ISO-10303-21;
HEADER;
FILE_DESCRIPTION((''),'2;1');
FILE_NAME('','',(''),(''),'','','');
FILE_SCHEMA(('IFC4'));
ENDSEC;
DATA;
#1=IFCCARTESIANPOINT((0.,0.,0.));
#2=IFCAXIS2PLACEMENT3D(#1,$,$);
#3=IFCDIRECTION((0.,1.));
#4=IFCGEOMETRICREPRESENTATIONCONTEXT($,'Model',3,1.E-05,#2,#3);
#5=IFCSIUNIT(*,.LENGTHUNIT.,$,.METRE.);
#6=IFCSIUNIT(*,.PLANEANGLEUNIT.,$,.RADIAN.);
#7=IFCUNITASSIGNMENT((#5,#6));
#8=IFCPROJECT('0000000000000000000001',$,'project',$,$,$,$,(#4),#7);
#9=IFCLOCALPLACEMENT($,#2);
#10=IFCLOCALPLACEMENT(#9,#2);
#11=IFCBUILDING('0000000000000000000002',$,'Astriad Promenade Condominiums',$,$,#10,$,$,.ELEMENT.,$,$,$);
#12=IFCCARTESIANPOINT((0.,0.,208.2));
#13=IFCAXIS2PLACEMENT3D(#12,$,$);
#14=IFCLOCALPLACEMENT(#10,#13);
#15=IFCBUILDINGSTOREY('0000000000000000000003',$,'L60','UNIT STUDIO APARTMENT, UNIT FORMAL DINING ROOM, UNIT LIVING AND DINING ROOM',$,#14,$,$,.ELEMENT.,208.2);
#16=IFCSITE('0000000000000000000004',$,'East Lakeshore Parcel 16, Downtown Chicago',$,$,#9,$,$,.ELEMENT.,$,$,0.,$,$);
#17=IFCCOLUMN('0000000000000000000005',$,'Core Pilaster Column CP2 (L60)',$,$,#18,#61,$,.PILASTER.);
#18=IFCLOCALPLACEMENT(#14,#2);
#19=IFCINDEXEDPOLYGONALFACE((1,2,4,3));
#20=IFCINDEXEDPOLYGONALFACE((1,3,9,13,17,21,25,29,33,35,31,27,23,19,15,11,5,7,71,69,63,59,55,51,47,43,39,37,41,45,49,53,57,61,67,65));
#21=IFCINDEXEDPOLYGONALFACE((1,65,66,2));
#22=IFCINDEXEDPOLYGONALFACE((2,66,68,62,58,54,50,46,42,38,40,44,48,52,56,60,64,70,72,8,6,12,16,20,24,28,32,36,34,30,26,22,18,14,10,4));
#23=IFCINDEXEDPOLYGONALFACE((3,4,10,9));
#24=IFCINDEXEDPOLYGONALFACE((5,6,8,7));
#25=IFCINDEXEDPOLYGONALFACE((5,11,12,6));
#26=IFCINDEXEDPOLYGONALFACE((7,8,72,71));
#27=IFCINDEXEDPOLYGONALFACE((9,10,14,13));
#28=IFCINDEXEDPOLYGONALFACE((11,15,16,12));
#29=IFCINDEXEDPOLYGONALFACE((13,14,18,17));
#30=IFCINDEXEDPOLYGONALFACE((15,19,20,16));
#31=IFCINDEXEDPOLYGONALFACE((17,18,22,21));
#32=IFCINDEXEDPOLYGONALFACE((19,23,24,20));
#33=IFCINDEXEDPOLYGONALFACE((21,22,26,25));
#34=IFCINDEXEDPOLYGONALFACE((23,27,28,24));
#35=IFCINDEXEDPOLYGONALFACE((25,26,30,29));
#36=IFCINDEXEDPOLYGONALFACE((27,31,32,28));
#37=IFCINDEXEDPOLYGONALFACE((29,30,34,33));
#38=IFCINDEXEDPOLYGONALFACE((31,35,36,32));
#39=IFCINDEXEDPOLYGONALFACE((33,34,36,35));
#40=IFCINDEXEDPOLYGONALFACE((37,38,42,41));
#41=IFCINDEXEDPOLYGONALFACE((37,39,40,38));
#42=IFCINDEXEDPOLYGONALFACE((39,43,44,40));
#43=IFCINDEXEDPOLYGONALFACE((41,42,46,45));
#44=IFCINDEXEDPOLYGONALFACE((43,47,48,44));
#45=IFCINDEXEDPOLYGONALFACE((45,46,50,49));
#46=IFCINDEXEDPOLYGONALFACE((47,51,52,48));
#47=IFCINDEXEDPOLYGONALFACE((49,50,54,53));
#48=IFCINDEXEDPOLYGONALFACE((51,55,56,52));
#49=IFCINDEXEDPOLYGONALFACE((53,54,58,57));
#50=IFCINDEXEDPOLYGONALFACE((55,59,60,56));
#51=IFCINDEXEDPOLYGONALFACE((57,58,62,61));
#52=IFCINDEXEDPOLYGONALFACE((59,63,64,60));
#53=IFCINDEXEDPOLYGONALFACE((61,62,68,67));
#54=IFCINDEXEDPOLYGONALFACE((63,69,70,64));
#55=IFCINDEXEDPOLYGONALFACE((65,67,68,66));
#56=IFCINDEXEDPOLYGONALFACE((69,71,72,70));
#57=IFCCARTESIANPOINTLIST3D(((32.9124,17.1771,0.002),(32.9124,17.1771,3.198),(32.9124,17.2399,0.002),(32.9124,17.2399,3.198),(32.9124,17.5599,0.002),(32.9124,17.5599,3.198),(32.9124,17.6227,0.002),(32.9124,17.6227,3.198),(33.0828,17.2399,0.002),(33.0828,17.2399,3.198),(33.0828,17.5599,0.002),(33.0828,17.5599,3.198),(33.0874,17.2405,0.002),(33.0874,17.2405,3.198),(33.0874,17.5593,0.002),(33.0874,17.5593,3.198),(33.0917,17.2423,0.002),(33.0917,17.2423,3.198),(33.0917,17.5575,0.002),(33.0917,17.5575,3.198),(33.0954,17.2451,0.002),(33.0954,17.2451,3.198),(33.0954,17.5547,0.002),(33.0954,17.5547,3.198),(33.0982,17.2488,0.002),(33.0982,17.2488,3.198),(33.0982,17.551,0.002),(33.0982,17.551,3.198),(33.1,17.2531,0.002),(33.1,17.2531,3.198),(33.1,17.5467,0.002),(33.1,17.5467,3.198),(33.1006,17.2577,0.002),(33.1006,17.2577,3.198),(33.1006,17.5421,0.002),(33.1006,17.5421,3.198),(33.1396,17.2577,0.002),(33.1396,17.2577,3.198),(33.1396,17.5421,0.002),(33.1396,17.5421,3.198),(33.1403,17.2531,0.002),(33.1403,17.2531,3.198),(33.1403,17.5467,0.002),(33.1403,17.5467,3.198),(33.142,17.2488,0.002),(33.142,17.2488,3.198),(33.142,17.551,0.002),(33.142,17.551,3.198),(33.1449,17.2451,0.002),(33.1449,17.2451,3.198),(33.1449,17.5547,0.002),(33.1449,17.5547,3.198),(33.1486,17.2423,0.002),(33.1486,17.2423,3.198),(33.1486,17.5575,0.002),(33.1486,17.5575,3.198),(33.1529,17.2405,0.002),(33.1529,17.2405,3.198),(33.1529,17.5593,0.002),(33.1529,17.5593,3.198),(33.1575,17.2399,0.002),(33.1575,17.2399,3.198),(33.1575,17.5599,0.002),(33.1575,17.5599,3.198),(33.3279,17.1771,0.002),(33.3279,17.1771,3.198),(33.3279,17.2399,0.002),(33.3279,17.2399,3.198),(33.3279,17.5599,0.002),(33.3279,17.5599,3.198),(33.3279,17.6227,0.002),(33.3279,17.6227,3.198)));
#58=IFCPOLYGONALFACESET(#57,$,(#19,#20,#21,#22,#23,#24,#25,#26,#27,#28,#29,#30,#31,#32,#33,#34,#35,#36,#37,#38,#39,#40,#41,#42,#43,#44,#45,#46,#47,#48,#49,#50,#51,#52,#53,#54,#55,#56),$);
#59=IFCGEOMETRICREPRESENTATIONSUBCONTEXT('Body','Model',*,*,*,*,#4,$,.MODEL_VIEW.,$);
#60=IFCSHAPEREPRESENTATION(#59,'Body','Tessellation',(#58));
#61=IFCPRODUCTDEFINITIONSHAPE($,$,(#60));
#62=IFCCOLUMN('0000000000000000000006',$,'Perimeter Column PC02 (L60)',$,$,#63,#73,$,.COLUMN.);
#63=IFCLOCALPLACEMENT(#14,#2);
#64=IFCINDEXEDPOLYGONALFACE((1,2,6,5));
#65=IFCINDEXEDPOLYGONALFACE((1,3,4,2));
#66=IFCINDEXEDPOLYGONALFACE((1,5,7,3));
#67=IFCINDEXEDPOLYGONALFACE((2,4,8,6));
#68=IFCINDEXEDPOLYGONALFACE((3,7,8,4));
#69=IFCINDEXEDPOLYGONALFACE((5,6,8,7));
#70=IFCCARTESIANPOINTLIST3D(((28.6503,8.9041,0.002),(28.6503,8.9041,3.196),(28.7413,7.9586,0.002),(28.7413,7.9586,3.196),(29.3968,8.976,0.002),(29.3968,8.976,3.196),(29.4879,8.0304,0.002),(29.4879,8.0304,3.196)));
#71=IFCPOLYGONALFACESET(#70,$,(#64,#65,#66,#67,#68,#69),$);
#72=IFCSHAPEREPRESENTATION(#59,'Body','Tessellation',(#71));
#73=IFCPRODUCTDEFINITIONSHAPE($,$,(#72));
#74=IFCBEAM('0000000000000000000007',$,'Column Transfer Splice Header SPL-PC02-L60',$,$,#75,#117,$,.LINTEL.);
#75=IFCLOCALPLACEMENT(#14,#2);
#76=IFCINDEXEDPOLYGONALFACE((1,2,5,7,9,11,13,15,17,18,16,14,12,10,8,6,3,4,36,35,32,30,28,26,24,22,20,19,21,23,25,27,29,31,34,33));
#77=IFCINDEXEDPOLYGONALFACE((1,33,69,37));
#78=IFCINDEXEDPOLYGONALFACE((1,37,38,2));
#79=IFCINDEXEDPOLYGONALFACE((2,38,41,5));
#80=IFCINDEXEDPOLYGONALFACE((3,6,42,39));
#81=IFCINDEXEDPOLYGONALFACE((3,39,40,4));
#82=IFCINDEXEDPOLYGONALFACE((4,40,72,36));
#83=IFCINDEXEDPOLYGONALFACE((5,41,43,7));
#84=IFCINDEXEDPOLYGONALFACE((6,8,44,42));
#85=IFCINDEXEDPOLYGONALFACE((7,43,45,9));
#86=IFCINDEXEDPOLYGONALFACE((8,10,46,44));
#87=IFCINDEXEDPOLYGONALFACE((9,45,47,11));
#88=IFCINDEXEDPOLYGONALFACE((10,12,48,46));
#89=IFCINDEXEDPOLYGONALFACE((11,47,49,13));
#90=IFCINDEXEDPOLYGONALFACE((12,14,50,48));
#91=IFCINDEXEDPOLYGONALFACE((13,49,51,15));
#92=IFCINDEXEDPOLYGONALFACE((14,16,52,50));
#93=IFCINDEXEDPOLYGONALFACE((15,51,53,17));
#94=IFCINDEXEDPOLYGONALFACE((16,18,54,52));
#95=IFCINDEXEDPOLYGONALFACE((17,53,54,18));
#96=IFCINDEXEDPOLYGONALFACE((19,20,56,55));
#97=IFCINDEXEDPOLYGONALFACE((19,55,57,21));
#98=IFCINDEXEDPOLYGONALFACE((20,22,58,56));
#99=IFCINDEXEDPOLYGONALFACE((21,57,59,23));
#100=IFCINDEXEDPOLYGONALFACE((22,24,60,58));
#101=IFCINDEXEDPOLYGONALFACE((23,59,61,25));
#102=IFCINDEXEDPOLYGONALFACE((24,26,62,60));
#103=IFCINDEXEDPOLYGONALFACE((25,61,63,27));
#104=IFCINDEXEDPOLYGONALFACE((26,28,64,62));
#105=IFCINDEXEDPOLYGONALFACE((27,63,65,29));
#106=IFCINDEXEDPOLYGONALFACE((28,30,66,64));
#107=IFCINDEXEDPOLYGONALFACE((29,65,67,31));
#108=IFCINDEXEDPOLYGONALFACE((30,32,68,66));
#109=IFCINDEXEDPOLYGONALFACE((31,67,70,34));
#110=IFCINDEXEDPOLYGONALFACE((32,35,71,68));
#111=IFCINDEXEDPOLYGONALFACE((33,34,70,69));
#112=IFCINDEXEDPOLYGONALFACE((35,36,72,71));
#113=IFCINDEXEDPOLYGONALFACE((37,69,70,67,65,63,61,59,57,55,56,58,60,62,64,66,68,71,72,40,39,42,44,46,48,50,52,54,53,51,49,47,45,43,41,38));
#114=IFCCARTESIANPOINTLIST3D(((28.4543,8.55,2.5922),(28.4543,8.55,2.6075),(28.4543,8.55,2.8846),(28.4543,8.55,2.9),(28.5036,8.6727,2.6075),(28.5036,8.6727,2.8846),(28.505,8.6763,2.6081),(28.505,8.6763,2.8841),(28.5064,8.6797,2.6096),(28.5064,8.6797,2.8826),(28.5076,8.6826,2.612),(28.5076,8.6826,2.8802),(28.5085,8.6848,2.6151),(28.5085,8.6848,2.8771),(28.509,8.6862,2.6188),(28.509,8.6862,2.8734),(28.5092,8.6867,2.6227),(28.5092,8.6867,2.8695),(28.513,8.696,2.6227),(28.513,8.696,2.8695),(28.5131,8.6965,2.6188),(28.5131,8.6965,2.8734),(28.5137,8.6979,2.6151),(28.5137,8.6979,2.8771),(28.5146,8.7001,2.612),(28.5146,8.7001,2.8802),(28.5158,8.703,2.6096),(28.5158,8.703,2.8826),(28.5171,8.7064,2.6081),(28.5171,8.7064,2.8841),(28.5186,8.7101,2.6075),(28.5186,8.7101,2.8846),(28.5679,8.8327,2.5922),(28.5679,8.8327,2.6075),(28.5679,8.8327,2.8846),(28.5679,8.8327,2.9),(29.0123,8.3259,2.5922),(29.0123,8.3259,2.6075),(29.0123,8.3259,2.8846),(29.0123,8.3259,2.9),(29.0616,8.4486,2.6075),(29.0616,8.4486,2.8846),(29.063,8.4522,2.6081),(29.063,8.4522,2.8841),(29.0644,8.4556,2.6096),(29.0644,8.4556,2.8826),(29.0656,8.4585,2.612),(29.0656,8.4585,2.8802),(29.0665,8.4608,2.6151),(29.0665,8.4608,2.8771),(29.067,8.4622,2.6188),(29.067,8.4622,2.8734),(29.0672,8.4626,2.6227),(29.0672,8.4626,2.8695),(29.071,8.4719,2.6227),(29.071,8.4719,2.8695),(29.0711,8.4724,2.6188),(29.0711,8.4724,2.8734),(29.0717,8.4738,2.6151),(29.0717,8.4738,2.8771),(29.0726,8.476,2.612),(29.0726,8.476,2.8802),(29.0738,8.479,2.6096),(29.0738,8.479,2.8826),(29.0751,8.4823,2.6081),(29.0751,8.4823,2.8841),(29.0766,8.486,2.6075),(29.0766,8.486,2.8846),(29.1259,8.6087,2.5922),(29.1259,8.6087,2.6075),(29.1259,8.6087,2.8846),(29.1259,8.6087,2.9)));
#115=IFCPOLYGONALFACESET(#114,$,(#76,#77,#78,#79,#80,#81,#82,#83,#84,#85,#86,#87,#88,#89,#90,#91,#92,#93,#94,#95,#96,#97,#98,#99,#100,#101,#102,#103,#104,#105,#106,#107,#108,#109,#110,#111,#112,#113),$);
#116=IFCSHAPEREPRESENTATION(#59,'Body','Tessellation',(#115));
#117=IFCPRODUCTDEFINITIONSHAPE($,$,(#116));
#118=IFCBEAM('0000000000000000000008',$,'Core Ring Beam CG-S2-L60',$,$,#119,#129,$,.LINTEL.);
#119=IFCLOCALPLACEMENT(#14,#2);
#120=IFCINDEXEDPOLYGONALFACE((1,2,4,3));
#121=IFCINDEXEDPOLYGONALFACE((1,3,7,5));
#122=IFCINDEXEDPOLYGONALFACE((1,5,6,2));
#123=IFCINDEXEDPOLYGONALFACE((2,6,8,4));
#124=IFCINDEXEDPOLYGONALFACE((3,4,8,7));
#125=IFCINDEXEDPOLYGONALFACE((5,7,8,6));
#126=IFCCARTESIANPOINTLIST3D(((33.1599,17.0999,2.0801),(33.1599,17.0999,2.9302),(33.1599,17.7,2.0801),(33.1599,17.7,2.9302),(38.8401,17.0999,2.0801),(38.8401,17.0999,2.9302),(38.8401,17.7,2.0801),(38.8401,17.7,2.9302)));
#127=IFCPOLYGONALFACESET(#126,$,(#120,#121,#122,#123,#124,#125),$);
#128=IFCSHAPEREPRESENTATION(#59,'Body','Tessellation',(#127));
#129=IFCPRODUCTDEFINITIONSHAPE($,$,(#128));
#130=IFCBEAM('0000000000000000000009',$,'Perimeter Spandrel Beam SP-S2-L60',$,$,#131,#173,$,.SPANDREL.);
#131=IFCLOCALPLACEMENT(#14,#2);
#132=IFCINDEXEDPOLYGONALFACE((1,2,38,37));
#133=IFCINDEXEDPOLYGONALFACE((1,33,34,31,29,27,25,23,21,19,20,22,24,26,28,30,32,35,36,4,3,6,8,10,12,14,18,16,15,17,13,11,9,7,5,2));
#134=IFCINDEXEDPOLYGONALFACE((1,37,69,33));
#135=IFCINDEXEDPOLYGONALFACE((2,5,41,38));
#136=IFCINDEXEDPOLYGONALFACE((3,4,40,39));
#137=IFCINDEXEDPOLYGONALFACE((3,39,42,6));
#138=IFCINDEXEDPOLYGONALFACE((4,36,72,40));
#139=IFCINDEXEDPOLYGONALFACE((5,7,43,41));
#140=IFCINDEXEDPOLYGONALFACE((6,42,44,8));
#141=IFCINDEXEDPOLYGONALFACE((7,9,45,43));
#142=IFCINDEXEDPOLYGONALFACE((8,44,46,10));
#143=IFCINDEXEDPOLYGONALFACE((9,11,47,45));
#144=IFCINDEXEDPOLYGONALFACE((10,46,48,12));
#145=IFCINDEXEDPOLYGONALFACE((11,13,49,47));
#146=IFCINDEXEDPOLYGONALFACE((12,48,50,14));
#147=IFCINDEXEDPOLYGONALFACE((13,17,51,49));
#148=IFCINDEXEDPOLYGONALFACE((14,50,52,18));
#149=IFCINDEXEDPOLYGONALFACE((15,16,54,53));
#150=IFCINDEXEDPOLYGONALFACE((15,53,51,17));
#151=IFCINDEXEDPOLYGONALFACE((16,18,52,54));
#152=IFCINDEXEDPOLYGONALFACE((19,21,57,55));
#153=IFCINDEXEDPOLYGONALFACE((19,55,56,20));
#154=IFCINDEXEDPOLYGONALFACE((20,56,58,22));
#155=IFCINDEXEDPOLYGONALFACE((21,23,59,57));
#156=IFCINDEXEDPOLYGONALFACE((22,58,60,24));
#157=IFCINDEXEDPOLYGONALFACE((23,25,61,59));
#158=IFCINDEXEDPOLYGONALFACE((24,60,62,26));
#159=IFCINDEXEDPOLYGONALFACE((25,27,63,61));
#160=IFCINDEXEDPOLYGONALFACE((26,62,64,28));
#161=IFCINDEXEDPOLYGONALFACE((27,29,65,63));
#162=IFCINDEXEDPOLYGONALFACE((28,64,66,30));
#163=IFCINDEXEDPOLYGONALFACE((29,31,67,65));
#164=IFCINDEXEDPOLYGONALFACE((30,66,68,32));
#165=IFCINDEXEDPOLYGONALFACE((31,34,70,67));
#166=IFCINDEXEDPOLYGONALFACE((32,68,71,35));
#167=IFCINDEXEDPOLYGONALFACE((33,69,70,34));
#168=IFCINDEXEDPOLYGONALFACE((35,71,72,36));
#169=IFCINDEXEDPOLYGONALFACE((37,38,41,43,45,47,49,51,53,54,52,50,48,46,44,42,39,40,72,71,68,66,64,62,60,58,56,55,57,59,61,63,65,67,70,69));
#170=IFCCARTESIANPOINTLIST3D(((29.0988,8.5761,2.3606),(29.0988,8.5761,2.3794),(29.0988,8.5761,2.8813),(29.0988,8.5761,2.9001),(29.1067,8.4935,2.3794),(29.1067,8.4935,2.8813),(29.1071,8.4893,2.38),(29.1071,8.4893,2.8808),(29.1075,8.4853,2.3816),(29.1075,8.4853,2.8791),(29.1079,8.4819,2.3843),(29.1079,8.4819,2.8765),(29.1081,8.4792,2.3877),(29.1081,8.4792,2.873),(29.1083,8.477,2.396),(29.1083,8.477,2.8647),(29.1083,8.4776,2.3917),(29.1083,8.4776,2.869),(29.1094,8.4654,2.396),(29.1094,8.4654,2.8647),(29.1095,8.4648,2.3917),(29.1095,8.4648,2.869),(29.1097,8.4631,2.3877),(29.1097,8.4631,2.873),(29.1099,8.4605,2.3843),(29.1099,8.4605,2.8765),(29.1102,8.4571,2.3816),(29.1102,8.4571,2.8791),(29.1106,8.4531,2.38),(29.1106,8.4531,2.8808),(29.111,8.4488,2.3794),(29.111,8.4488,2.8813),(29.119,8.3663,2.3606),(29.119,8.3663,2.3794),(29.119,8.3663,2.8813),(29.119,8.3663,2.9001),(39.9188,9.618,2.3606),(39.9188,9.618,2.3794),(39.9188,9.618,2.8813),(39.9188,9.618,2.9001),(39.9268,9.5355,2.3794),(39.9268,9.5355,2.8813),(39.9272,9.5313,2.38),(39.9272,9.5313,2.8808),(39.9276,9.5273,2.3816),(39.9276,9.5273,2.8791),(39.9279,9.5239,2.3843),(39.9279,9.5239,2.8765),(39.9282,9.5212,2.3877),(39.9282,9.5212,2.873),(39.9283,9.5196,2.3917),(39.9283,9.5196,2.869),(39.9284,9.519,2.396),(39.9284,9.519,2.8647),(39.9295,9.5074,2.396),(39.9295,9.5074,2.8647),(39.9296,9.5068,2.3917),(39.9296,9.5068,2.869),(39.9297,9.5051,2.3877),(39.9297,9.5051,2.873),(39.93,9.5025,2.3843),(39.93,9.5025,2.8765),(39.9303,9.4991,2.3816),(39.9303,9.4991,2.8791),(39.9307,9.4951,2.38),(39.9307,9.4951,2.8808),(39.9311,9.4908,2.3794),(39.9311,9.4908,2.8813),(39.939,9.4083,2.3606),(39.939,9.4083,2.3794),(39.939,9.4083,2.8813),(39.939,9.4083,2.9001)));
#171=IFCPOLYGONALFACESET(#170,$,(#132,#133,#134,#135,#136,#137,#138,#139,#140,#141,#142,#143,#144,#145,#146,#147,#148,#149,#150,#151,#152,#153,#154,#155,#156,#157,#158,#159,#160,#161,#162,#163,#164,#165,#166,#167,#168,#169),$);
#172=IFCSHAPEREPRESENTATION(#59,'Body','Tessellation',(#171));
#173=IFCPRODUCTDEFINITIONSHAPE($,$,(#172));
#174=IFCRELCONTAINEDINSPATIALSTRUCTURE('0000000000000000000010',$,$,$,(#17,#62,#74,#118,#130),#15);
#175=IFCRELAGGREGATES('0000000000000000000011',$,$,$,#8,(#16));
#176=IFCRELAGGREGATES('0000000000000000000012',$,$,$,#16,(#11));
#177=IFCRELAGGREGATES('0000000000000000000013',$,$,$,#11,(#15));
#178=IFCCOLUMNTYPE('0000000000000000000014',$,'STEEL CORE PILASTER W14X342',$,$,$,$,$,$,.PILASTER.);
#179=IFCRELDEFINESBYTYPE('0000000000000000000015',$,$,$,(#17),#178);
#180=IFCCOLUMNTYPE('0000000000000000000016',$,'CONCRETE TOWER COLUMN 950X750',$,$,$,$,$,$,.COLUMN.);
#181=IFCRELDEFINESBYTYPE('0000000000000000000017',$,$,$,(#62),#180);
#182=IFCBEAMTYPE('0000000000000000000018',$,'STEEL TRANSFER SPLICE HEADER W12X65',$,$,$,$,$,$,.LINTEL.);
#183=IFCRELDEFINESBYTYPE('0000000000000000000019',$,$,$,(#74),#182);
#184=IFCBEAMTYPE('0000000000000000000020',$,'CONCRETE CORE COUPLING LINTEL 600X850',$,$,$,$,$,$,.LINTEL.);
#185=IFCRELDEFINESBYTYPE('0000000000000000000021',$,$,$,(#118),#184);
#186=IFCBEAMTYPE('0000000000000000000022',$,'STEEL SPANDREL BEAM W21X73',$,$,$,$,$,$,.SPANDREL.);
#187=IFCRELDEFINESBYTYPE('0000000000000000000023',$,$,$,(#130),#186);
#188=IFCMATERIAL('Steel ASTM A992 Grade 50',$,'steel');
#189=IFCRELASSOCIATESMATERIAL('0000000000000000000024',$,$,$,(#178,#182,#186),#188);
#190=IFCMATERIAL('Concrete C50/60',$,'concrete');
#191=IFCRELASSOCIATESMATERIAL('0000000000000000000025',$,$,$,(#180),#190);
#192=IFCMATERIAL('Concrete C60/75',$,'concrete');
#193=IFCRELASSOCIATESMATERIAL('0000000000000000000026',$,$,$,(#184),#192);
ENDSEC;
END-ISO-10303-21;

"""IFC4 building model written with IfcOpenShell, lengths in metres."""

from ifc_helpers import new_model, si_unit, direction, frame, origin, origin_2d, place, context, subcontext, project, spatial, rectangle, i_section, extrude, source, transform, mapped, material, material_profile, profile_set, type_object, type_shapes, element, save


model = new_model("IFC4")

# Units and contexts
model_context = context("Model", 3, precision=1e-05, world=origin(), true_north=direction((0.0, 1.0)))
body_context = subcontext(model_context, "Body", "Model", "MODEL_VIEW")
ifc_project = project(units=[si_unit("LENGTHUNIT", "METRE"), si_unit("PLANEANGLEUNIT", "RADIAN")], contexts=[model_context])

# Site, building, storey
site_placement = place(None, origin())
site = spatial("IfcSite", under=ifc_project, at=site_placement, Name="East Lakeshore Parcel 16, Downtown Chicago", CompositionType="ELEMENT", RefElevation=0.0)
building_placement = place(site_placement, origin())
building = spatial("IfcBuilding", under=site, at=building_placement, Name="Astriad Promenade Condominiums", CompositionType="ELEMENT")
storey_placement = place(building_placement, frame((0.0, 0.0, 208.2)))
storey = spatial("IfcBuildingStorey", under=building, at=storey_placement, Name="L60", Description="UNIT STUDIO APARTMENT, UNIT FORMAL DINING ROOM, UNIT LIVING AND DINING ROOM", CompositionType="ELEMENT", Elevation=208.2)

# Columns
ifc_material_1 = material(Name="Steel ASTM A992 Grade 50", Category="steel")
ifc_material_profile_1 = material_profile(ifc_material_1, i_section(OverallWidth=0.4155, OverallDepth=0.4456, WebThickness=0.0391, FlangeThickness=0.0627, FilletRadius=0.0178, at=origin_2d()), Name="W14X342")
ifc_profile_set_1 = profile_set([ifc_material_profile_1], Name="Steel ASTM A992 Grade 50")
column_type_1 = type_object("IfcColumnType", Name="STEEL CORE PILASTER W14X342", PredefinedType="PILASTER", material=ifc_profile_set_1)
shared_shape_1 = source(origin(), body_context, "Body", "SweptSolid", [
    extrude(i_section(OverallWidth=0.4155, OverallDepth=0.4456, WebThickness=0.0391, FlangeThickness=0.0627, FilletRadius=0.0178, at=origin_2d()), origin(), (0.0, 0.0, 1.0), 3.196),
])
type_shapes(column_type_1, [shared_shape_1])
column_1_placement = place(storey_placement, frame((33.1201, 17.3999, 0.002), z_axis=(0.0, 0.0, 1.0), x_axis=(1.0, 0.0, 0.0)))
element("IfcColumn", 1, at=column_1_placement, inside=storey, type_object=column_type_1, Name="Core Pilaster Column CP2 (L60)", PredefinedType="PILASTER", context=body_context, shape_type="MappedRepresentation", body=[
    mapped(shared_shape_1, transform((0.0, 0.0, 0.0), scale=1.0)),
])
ifc_material_2 = material(Name="Concrete C50/60", Category="concrete")
ifc_material_profile_2 = material_profile(ifc_material_2, rectangle(XDim=0.75, YDim=0.95, at=origin_2d()), Name="RC-COL-950X750")
ifc_profile_set_2 = profile_set([ifc_material_profile_2], Name="Concrete C50/60")
column_type_2 = type_object("IfcColumnType", Name="CONCRETE TOWER COLUMN 950X750", PredefinedType="COLUMN", material=ifc_profile_set_2)
shared_shape_2 = source(origin(), body_context, "Body", "SweptSolid", [
    extrude(rectangle(XDim=0.75, YDim=0.95, at=origin_2d()), origin(), (0.0, 0.0, 1.0), 3.1941),
])
type_shapes(column_type_2, [shared_shape_2])
column_2_placement = place(storey_placement, frame((29.0691, 8.4673, 0.002), z_axis=(0.0, 0.0, 1.0), x_axis=(0.995396, 0.095846, 0.0)))
element("IfcColumn", 2, at=column_2_placement, inside=storey, type_object=column_type_2, Name="Perimeter Column PC02 (L60)", PredefinedType="COLUMN", context=body_context, shape_type="MappedRepresentation", body=[
    mapped(shared_shape_2, transform((0.0, 0.0, 0.0), scale=1.0)),
])

# Beams
ifc_material_profile_3 = material_profile(ifc_material_1, i_section(OverallWidth=0.3047, OverallDepth=0.3079, WebThickness=0.01, FlangeThickness=0.0154, FilletRadius=0.0151, at=origin_2d()), Name="W12X65")
ifc_profile_set_3 = profile_set([ifc_material_profile_3], Name="Steel ASTM A992 Grade 50")
beam_type_1 = type_object("IfcBeamType", Name="STEEL TRANSFER SPLICE HEADER W12X65", PredefinedType="LINTEL", material=ifc_profile_set_3)
shared_shape_3 = source(origin(), body_context, "Body", "SweptSolid", [
    extrude(i_section(OverallWidth=0.3047, OverallDepth=0.3079, WebThickness=0.01, FlangeThickness=0.0154, FilletRadius=0.0151, at=origin_2d()), origin(), (0.0, 0.0, 1.0), 0.6013),
])
type_shapes(beam_type_1, [shared_shape_3])
beam_1_placement = place(storey_placement, frame((29.0691, 8.4673, 2.7461), z_axis=(-0.927972, 0.37265, 0.0), x_axis=(-0.37265, -0.927972, 0.0)))
element("IfcBeam", 3, at=beam_1_placement, inside=storey, type_object=beam_type_1, Name="Column Transfer Splice Header SPL-PC02-L60", PredefinedType="LINTEL", context=body_context, shape_type="MappedRepresentation", body=[
    mapped(shared_shape_3, transform((0.0, 0.0, 0.0), scale=1.0)),
])
ifc_material_3 = material(Name="Concrete C60/75", Category="concrete")
ifc_material_profile_4 = material_profile(ifc_material_3, rectangle(XDim=0.6001, YDim=0.8501, at=origin_2d()), Name="RC-BM-600X850")
ifc_profile_set_4 = profile_set([ifc_material_profile_4], Name="Concrete C60/75")
beam_type_2 = type_object("IfcBeamType", Name="CONCRETE CORE COUPLING LINTEL 600X850", PredefinedType="LINTEL", material=ifc_profile_set_4)
shared_shape_4 = source(origin(), body_context, "Body", "SweptSolid", [
    extrude(rectangle(XDim=0.6001, YDim=0.8501, at=origin_2d()), origin(), (0.0, 0.0, 1.0), 5.6802),
])
type_shapes(beam_type_2, [shared_shape_4])
beam_2_placement = place(storey_placement, frame((33.1599, 17.3999, 2.5051), z_axis=(1.0, 0.0, 0.0), x_axis=(0.0, 1.0, 0.0)))
element("IfcBeam", 4, at=beam_2_placement, inside=storey, type_object=beam_type_2, Name="Core Ring Beam CG-S2-L60", PredefinedType="LINTEL", context=body_context, shape_type="MappedRepresentation", body=[
    mapped(shared_shape_4, transform((0.0, 0.0, 0.0), scale=1.0)),
])
ifc_material_profile_5 = material_profile(ifc_material_1, i_section(OverallWidth=0.2107, OverallDepth=0.5396, WebThickness=0.0117, FlangeThickness=0.0188, FilletRadius=0.0166, at=origin_2d()), Name="W21X73")
ifc_profile_set_5 = profile_set([ifc_material_profile_5], Name="Steel ASTM A992 Grade 50")
beam_type_3 = type_object("IfcBeamType", Name="STEEL SPANDREL BEAM W21X73", PredefinedType="SPANDREL", material=ifc_profile_set_5)
shared_shape_5 = source(origin(), body_context, "Body", "SweptSolid", [
    extrude(i_section(OverallWidth=0.2107, OverallDepth=0.5396, WebThickness=0.0117, FlangeThickness=0.0188, FilletRadius=0.0166, at=origin_2d()), origin(), (0.0, 0.0, 1.0), 10.8701),
])
type_shapes(beam_type_3, [shared_shape_5])
beam_3_placement = place(storey_placement, frame((29.1089, 8.4712, 2.6304), z_axis=(0.995395, 0.095858, 0.0), x_axis=(-0.095858, 0.995395, 0.0)))
element("IfcBeam", 5, at=beam_3_placement, inside=storey, type_object=beam_type_3, Name="Perimeter Spandrel Beam SP-S2-L60", PredefinedType="SPANDREL", context=body_context, shape_type="MappedRepresentation", body=[
    mapped(shared_shape_5, transform((0.0, 0.0, 0.0), scale=1.0)),
])

save(model, "model.ifc")
